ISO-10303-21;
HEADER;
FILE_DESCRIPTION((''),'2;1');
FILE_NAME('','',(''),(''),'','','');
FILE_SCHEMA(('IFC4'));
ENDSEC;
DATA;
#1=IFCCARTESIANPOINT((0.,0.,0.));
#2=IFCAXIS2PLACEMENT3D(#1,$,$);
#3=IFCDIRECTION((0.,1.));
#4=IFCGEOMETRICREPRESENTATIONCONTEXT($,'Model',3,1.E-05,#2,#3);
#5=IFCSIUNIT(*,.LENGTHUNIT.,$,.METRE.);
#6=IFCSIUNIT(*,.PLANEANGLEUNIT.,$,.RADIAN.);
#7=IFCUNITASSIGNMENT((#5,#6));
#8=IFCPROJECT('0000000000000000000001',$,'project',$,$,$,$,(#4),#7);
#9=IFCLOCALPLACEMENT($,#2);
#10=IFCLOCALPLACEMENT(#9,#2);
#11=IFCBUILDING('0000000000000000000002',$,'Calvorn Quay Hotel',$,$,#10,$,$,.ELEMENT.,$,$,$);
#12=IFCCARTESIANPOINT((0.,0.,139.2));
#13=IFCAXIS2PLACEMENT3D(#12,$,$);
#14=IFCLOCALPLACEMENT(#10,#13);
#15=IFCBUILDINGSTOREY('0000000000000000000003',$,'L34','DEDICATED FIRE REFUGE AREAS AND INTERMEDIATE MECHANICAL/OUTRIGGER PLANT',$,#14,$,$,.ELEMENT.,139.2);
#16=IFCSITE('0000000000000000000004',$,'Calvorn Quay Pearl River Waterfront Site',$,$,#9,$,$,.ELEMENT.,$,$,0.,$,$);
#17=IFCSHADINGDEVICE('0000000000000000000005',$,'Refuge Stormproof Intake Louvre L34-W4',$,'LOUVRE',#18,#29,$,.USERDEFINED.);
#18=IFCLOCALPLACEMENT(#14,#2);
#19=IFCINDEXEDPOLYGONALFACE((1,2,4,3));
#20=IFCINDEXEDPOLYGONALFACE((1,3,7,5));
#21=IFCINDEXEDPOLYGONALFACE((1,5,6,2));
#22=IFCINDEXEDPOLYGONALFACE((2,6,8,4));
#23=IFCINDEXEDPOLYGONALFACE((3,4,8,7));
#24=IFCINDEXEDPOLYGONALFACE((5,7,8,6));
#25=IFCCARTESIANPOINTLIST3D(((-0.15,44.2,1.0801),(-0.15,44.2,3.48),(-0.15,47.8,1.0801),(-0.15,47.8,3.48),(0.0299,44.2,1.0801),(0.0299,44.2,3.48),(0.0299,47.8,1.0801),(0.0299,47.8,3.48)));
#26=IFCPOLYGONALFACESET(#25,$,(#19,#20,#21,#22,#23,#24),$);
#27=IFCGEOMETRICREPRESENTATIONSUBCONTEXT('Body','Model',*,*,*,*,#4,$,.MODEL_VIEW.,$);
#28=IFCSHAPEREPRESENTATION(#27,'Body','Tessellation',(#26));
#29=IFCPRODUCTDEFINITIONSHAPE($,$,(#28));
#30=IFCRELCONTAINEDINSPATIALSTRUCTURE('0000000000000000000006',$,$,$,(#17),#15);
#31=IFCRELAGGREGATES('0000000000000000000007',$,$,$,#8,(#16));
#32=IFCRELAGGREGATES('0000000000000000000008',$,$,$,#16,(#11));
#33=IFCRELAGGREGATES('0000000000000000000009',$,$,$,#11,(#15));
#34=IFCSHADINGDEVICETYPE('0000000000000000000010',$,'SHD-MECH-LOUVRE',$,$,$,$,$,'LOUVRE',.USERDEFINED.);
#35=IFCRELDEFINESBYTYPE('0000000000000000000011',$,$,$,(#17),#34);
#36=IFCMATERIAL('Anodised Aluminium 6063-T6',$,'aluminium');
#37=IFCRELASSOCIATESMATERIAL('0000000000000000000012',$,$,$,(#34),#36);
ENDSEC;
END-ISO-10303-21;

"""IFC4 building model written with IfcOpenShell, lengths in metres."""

from ifc_helpers import new_model, si_unit, direction, frame, origin, origin_2d, place, context, subcontext, project, spatial, rectangle, extrude, material, type_object, element, save


model = new_model("IFC4")

# Units and contexts
model_context = context("Model", 3, precision=1e-05, world=origin(), true_north=direction((0.0, 1.0)))
body_context = subcontext(model_context, "Body", "Model", "MODEL_VIEW")
ifc_project = project(units=[si_unit("LENGTHUNIT", "METRE"), si_unit("PLANEANGLEUNIT", "RADIAN")], contexts=[model_context])

# Site, building, storey
site_placement = place(None, origin())
site = spatial("IfcSite", under=ifc_project, at=site_placement, Name="Calvorn Quay Pearl River Waterfront Site", CompositionType="ELEMENT", RefElevation=0.0)
building_placement = place(site_placement, origin())
building = spatial("IfcBuilding", under=site, at=building_placement, Name="Calvorn Quay Hotel", CompositionType="ELEMENT")
storey_placement = place(building_placement, frame((0.0, 0.0, 139.2)))
storey = spatial("IfcBuildingStorey", under=building, at=storey_placement, Name="L34", Description="DEDICATED FIRE REFUGE AREAS AND INTERMEDIATE MECHANICAL/OUTRIGGER PLANT", CompositionType="ELEMENT", Elevation=139.2)

# Shading device
ifc_material_1 = material(Name="Anodised Aluminium 6063-T6", Category="aluminium")
shading_device_type = type_object("IfcShadingDeviceType", Name="SHD-MECH-LOUVRE", ElementType="LOUVRE", PredefinedType="USERDEFINED", material=ifc_material_1)
shading_device_placement = place(storey_placement, frame((-0.0601, 46.0, 1.0801), z_axis=(0.0, 0.0, 1.0), x_axis=(1.0, 0.0, 0.0)))
element("IfcShadingDevice", 1, at=shading_device_placement, inside=storey, type_object=shading_device_type, Name="Refuge Stormproof Intake Louvre L34-W4", ObjectType="LOUVRE", PredefinedType="USERDEFINED", context=body_context, shape_type="SweptSolid", body=[
    extrude(rectangle(XDim=0.1799, YDim=3.6001, at=origin_2d()), origin(), (0.0, 0.0, 1.0), 2.3999),
])

save(model, "model.ifc")
